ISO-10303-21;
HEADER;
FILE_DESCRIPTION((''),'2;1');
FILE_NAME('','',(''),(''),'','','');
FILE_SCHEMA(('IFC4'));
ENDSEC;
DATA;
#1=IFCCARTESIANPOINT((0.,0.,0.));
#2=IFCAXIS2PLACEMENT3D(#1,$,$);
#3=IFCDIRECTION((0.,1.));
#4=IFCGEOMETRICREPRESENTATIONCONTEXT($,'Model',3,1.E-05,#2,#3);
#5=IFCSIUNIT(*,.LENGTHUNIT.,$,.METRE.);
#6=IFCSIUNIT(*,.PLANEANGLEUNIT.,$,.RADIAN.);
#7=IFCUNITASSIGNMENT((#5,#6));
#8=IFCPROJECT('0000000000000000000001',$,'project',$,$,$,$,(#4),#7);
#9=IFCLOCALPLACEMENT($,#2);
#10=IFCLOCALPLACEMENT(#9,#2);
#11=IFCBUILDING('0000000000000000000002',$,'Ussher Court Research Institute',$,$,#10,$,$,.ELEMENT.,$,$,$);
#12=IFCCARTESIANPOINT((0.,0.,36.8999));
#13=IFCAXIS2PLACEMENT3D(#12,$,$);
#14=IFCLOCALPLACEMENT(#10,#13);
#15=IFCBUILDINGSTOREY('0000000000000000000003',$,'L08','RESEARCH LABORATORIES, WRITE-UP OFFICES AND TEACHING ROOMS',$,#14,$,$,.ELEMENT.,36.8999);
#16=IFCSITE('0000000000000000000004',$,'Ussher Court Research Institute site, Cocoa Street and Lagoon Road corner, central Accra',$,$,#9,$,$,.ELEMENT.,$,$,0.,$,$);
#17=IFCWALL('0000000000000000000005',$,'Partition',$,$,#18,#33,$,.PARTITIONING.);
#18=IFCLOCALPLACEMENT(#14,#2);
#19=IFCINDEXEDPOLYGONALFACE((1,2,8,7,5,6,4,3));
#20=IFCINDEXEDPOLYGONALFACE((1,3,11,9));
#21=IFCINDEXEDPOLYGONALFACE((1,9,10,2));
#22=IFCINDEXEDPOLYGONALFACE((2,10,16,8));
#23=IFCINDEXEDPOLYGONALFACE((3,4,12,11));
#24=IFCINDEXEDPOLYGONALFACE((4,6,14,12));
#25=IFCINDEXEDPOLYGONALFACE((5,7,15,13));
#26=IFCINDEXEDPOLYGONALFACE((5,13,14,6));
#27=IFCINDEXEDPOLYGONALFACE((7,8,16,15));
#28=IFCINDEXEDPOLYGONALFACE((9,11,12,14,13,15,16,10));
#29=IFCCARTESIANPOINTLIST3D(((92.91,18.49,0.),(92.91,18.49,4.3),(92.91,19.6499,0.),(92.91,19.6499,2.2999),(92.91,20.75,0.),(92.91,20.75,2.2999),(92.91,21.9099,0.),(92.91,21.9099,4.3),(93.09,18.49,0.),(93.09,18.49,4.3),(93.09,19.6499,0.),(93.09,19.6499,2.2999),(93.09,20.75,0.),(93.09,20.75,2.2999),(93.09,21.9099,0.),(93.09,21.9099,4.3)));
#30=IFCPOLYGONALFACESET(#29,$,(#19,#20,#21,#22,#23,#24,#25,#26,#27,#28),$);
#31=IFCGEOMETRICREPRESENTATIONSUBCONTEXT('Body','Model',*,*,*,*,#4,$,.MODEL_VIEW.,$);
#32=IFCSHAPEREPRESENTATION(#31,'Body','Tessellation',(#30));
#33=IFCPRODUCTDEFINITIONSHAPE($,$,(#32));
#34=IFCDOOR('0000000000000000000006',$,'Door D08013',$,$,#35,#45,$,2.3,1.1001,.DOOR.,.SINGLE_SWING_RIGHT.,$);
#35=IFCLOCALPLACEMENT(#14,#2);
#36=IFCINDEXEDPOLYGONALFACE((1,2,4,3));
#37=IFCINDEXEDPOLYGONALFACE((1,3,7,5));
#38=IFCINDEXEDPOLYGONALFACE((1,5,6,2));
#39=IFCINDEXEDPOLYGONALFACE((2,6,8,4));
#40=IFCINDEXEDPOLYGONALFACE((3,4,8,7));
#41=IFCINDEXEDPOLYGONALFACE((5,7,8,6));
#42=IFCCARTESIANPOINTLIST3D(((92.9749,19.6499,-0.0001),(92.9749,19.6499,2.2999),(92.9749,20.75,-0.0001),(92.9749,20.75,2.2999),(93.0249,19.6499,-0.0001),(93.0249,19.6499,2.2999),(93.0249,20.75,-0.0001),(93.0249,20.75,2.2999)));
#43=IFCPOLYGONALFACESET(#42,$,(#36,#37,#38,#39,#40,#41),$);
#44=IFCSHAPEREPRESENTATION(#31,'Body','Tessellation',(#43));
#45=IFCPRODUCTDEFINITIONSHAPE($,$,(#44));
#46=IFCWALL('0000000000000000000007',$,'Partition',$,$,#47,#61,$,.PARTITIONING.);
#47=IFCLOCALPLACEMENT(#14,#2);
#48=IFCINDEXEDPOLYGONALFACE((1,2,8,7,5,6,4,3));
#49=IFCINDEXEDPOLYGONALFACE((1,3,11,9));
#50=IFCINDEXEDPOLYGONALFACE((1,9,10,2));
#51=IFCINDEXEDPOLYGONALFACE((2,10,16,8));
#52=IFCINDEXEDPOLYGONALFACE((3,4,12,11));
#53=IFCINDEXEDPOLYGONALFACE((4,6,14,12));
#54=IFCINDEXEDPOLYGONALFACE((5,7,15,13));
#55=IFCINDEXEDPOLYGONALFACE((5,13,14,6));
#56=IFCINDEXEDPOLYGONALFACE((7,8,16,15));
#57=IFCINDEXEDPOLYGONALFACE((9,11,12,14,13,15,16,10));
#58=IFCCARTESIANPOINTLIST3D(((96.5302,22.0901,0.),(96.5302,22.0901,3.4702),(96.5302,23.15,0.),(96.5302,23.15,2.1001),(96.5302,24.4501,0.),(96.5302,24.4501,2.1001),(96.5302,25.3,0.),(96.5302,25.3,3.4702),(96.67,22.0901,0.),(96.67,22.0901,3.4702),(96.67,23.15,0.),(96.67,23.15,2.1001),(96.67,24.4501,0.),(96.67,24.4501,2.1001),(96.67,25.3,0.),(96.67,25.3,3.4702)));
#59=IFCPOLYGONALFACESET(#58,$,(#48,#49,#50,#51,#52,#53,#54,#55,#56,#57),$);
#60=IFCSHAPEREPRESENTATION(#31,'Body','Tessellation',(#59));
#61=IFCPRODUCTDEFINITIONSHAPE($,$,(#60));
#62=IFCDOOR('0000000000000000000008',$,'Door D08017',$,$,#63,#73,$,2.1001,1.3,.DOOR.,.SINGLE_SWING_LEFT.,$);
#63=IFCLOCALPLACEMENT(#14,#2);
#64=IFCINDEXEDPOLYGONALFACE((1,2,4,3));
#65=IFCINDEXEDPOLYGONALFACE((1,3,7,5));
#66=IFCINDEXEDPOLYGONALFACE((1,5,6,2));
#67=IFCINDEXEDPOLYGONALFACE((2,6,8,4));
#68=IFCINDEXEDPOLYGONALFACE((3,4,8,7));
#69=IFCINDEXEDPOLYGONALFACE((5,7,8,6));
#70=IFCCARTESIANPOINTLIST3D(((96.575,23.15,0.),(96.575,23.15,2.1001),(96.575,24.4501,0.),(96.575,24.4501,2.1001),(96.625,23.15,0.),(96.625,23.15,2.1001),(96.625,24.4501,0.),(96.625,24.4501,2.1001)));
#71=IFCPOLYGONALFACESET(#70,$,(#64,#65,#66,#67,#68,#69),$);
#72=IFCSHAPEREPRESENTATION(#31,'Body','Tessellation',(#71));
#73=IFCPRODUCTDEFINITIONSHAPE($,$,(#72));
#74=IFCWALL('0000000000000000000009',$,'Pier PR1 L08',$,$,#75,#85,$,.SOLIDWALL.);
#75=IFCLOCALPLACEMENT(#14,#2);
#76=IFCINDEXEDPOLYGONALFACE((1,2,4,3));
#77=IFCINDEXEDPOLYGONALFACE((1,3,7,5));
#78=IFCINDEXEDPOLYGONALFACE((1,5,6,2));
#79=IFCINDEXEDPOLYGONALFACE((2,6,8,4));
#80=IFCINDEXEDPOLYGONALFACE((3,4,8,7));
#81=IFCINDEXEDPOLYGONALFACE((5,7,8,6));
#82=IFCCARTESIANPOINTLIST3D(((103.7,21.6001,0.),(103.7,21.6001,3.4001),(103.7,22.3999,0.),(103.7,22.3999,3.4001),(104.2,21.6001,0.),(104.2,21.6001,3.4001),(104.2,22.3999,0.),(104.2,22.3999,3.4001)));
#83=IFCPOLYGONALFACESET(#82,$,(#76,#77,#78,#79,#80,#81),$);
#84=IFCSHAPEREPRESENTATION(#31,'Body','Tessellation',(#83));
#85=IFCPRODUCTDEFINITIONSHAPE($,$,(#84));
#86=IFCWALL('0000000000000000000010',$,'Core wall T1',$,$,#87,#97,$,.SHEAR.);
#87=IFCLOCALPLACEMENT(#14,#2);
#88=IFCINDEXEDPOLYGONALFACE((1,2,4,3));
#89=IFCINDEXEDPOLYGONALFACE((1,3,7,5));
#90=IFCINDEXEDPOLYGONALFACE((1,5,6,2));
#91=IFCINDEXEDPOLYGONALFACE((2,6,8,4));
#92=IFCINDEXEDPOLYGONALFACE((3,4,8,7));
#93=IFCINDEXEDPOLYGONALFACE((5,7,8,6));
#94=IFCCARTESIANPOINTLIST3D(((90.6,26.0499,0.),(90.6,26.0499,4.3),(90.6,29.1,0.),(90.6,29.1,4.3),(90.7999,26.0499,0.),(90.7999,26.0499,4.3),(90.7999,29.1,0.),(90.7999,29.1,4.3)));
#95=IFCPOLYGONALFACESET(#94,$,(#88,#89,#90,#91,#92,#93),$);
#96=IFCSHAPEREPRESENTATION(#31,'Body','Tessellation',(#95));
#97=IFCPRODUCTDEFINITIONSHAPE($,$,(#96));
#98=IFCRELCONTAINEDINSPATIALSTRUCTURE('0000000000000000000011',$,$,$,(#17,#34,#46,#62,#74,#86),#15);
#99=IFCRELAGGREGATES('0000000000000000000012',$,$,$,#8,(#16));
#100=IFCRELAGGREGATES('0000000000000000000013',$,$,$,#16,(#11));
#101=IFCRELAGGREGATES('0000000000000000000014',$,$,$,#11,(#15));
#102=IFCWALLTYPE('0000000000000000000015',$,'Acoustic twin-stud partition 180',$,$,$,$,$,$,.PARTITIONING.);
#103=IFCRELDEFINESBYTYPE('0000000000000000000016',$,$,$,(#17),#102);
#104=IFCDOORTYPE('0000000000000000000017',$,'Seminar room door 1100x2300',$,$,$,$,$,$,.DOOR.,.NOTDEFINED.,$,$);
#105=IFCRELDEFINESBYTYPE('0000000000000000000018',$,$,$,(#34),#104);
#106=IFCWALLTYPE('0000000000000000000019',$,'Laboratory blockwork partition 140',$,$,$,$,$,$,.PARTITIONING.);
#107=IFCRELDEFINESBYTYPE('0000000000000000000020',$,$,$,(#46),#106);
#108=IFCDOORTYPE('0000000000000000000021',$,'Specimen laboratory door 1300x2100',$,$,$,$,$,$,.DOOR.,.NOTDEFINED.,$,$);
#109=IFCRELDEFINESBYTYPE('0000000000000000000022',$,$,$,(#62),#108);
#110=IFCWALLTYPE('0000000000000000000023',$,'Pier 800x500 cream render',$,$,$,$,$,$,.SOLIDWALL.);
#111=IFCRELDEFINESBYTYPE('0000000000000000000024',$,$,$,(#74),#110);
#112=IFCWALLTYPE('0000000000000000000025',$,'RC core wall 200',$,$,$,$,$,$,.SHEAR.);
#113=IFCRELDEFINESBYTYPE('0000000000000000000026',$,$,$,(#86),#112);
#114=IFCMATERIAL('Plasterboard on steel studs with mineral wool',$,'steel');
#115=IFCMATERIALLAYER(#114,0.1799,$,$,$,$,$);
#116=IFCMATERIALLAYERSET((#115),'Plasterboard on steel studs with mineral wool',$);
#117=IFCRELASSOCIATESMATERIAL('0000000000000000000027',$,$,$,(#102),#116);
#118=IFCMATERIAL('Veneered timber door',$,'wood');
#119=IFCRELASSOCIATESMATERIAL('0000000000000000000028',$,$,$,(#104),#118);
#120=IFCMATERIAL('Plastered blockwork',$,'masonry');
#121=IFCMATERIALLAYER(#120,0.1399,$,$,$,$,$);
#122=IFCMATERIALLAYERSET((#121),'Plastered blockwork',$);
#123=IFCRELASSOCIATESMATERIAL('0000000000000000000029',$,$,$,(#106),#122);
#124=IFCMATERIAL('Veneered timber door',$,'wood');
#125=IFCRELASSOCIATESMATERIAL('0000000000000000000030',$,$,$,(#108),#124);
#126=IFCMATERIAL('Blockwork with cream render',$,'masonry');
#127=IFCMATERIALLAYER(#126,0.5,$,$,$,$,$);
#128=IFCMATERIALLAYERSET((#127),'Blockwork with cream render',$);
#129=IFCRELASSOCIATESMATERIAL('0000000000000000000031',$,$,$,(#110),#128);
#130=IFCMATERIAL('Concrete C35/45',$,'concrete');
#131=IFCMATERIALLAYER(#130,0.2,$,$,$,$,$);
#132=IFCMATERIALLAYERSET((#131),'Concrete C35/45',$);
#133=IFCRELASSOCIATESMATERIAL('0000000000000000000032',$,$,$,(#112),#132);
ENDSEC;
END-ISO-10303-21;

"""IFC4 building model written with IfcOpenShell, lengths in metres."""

from ifc_helpers import new_model, si_unit, direction, frame, frame_2d, origin, place, context, subcontext, project, spatial, rectangle, extrude, material, layer, layer_set, type_object, element, fill, save


model = new_model("IFC4")

# Units and contexts
model_context = context("Model", 3, precision=1e-05, world=origin(), true_north=direction((0.0, 1.0)))
body_context = subcontext(model_context, "Body", "Model", "MODEL_VIEW")
ifc_project = project(units=[si_unit("LENGTHUNIT", "METRE"), si_unit("PLANEANGLEUNIT", "RADIAN")], contexts=[model_context])

# Site, building, storey
site_placement = place(None, origin())
site = spatial("IfcSite", under=ifc_project, at=site_placement, Name="Ussher Court Research Institute site, Cocoa Street and Lagoon Road corner, central Accra", CompositionType="ELEMENT", RefElevation=0.0)
building_placement = place(site_placement, origin())
building = spatial("IfcBuilding", under=site, at=building_placement, Name="Ussher Court Research Institute", CompositionType="ELEMENT")
storey_placement = place(building_placement, frame((0.0, 0.0, 36.8999)))
storey = spatial("IfcBuildingStorey", under=building, at=storey_placement, Name="L08", Description="RESEARCH LABORATORIES, WRITE-UP OFFICES AND TEACHING ROOMS", CompositionType="ELEMENT", Elevation=36.8999)

# Shared definitions
ifc_material_1 = material(Name="Plasterboard on steel studs with mineral wool", Category="steel")
ifc_layer_1 = layer(ifc_material_1, 0.1799)
ifc_layer_set_1 = layer_set([ifc_layer_1], Name="Plasterboard on steel studs with mineral wool")
wall_type_1 = type_object("IfcWallType", Name="Acoustic twin-stud partition 180", PredefinedType="PARTITIONING", material=ifc_layer_set_1)

# Walls, openings, doors
wall_1_placement = place(storey_placement, frame((93.0, 21.9099, 0.0), z_axis=(0.0, 0.0, 1.0), x_axis=(0.0, -1.0, 0.0)))
wall_1 = element("IfcWall", 1, at=wall_1_placement, inside=storey, type_object=wall_type_1, Name="Partition", PredefinedType="PARTITIONING", context=body_context, shape_type="SweptSolid", body=[
    extrude(rectangle(XDim=3.4199, YDim=0.1799, at=frame_2d((1.71, 0.0))), origin(), (0.0, 0.0, 1.0), 4.3),
])
opening_1_placement = place(wall_1_placement, frame((1.1599, 0.0, 0.0)))
opening_1 = element("IfcOpeningElement", 2, at=opening_1_placement, cuts=wall_1, PredefinedType="OPENING", context=body_context, shape_type="SweptSolid", body=[
    extrude(rectangle(XDim=1.1001, YDim=2.3, at=frame_2d((0.55, 1.1499))), frame((0.0, 0.1001, 0.0), z_axis=(0.0, -1.0, 0.0), x_axis=(1.0, 0.0, 0.0)), (0.0, 0.0, 1.0), 0.2),
])
ifc_material_2 = material(Name="Veneered timber door", Category="wood")
door_type_1 = type_object("IfcDoorType", Name="Seminar room door 1100x2300", OperationType="NOTDEFINED", PredefinedType="DOOR", material=ifc_material_2)
door_1_placement = place(opening_1_placement, origin())
door_1 = element("IfcDoor", 3, at=door_1_placement, inside=storey, type_object=door_type_1, Name="Door D08013", OperationType="SINGLE_SWING_RIGHT", OverallHeight=2.3, OverallWidth=1.1001, PredefinedType="DOOR", context=body_context, shape_type="SweptSolid", body=[
    extrude(rectangle(XDim=1.1001, YDim=2.3, at=frame_2d((0.55, 1.1499))), frame((0.0, 0.0249, 0.0), z_axis=(0.0, -1.0, 0.0), x_axis=(1.0, 0.0, 0.0)), (0.0, 0.0, 1.0), 0.05),
])
fill(opening_1, door_1)
ifc_material_3 = material(Name="Plastered blockwork", Category="masonry")
ifc_layer_2 = layer(ifc_material_3, 0.1399)
ifc_layer_set_2 = layer_set([ifc_layer_2], Name="Plastered blockwork")
wall_type_2 = type_object("IfcWallType", Name="Laboratory blockwork partition 140", PredefinedType="PARTITIONING", material=ifc_layer_set_2)
wall_2_placement = place(storey_placement, frame((96.6001, 25.3, 0.0), z_axis=(0.0, 0.0, 1.0), x_axis=(0.0, -1.0, 0.0)))
wall_2 = element("IfcWall", 4, at=wall_2_placement, inside=storey, type_object=wall_type_2, Name="Partition", PredefinedType="PARTITIONING", context=body_context, shape_type="SweptSolid", body=[
    extrude(rectangle(XDim=3.21, YDim=0.1399, at=frame_2d((1.605, 0.0))), origin(), (0.0, 0.0, 1.0), 3.4702),
])
opening_2_placement = place(wall_2_placement, frame((0.8501, 0.0, 0.0)))
opening_2 = element("IfcOpeningElement", 5, at=opening_2_placement, cuts=wall_2, PredefinedType="OPENING", context=body_context, shape_type="SweptSolid", body=[
    extrude(rectangle(XDim=1.3, YDim=2.1001, at=frame_2d((0.6499, 1.05))), frame((0.0, 0.0801, 0.0), z_axis=(0.0, -1.0, 0.0), x_axis=(1.0, 0.0, 0.0)), (0.0, 0.0, 1.0), 0.1599),
])
ifc_material_4 = material(Name="Veneered timber door", Category="wood")
door_type_2 = type_object("IfcDoorType", Name="Specimen laboratory door 1300x2100", OperationType="NOTDEFINED", PredefinedType="DOOR", material=ifc_material_4)
door_2_placement = place(opening_2_placement, origin())
door_2 = element("IfcDoor", 6, at=door_2_placement, inside=storey, type_object=door_type_2, Name="Door D08017", OperationType="SINGLE_SWING_LEFT", OverallHeight=2.1001, OverallWidth=1.3, PredefinedType="DOOR", context=body_context, shape_type="SweptSolid", body=[
    extrude(rectangle(XDim=1.3, YDim=2.1001, at=frame_2d((0.6499, 1.05))), frame((0.0, 0.0249, 0.0), z_axis=(0.0, -1.0, 0.0), x_axis=(1.0, 0.0, 0.0)), (0.0, 0.0, 1.0), 0.05),
])
fill(opening_2, door_2)

# Walls
ifc_material_5 = material(Name="Blockwork with cream render", Category="masonry")
ifc_layer_3 = layer(ifc_material_5, 0.5)
ifc_layer_set_3 = layer_set([ifc_layer_3], Name="Blockwork with cream render")
wall_type_3 = type_object("IfcWallType", Name="Pier 800x500 cream render", PredefinedType="SOLIDWALL", material=ifc_layer_set_3)
wall_3_placement = place(storey_placement, frame((103.95, 22.3999, 0.0), z_axis=(0.0, 0.0, 1.0), x_axis=(0.0, -1.0, 0.0)))
element("IfcWall", 7, at=wall_3_placement, inside=storey, type_object=wall_type_3, Name="Pier PR1 L08", PredefinedType="SOLIDWALL", context=body_context, shape_type="SweptSolid", body=[
    extrude(rectangle(XDim=0.7998, YDim=0.5, at=frame_2d((0.3999, 0.0))), origin(), (0.0, 0.0, 1.0), 3.4001),
])
ifc_material_6 = material(Name="Concrete C35/45", Category="concrete")
ifc_layer_4 = layer(ifc_material_6, 0.2)
ifc_layer_set_4 = layer_set([ifc_layer_4], Name="Concrete C35/45")
wall_type_4 = type_object("IfcWallType", Name="RC core wall 200", PredefinedType="SHEAR", material=ifc_layer_set_4)
wall_4_placement = place(storey_placement, frame((90.7, 26.05, 0.0), z_axis=(0.0, 0.0, 1.0), x_axis=(0.0, 1.0, 0.0)))
element("IfcWall", 8, at=wall_4_placement, inside=storey, type_object=wall_type_4, Name="Core wall T1", PredefinedType="SHEAR", context=body_context, shape_type="SweptSolid", body=[
    extrude(rectangle(XDim=3.05, YDim=0.2, at=frame_2d((1.5249, 0.0))), origin(), (0.0, 0.0, 1.0), 4.3),
])

save(model, "model.ifc")
